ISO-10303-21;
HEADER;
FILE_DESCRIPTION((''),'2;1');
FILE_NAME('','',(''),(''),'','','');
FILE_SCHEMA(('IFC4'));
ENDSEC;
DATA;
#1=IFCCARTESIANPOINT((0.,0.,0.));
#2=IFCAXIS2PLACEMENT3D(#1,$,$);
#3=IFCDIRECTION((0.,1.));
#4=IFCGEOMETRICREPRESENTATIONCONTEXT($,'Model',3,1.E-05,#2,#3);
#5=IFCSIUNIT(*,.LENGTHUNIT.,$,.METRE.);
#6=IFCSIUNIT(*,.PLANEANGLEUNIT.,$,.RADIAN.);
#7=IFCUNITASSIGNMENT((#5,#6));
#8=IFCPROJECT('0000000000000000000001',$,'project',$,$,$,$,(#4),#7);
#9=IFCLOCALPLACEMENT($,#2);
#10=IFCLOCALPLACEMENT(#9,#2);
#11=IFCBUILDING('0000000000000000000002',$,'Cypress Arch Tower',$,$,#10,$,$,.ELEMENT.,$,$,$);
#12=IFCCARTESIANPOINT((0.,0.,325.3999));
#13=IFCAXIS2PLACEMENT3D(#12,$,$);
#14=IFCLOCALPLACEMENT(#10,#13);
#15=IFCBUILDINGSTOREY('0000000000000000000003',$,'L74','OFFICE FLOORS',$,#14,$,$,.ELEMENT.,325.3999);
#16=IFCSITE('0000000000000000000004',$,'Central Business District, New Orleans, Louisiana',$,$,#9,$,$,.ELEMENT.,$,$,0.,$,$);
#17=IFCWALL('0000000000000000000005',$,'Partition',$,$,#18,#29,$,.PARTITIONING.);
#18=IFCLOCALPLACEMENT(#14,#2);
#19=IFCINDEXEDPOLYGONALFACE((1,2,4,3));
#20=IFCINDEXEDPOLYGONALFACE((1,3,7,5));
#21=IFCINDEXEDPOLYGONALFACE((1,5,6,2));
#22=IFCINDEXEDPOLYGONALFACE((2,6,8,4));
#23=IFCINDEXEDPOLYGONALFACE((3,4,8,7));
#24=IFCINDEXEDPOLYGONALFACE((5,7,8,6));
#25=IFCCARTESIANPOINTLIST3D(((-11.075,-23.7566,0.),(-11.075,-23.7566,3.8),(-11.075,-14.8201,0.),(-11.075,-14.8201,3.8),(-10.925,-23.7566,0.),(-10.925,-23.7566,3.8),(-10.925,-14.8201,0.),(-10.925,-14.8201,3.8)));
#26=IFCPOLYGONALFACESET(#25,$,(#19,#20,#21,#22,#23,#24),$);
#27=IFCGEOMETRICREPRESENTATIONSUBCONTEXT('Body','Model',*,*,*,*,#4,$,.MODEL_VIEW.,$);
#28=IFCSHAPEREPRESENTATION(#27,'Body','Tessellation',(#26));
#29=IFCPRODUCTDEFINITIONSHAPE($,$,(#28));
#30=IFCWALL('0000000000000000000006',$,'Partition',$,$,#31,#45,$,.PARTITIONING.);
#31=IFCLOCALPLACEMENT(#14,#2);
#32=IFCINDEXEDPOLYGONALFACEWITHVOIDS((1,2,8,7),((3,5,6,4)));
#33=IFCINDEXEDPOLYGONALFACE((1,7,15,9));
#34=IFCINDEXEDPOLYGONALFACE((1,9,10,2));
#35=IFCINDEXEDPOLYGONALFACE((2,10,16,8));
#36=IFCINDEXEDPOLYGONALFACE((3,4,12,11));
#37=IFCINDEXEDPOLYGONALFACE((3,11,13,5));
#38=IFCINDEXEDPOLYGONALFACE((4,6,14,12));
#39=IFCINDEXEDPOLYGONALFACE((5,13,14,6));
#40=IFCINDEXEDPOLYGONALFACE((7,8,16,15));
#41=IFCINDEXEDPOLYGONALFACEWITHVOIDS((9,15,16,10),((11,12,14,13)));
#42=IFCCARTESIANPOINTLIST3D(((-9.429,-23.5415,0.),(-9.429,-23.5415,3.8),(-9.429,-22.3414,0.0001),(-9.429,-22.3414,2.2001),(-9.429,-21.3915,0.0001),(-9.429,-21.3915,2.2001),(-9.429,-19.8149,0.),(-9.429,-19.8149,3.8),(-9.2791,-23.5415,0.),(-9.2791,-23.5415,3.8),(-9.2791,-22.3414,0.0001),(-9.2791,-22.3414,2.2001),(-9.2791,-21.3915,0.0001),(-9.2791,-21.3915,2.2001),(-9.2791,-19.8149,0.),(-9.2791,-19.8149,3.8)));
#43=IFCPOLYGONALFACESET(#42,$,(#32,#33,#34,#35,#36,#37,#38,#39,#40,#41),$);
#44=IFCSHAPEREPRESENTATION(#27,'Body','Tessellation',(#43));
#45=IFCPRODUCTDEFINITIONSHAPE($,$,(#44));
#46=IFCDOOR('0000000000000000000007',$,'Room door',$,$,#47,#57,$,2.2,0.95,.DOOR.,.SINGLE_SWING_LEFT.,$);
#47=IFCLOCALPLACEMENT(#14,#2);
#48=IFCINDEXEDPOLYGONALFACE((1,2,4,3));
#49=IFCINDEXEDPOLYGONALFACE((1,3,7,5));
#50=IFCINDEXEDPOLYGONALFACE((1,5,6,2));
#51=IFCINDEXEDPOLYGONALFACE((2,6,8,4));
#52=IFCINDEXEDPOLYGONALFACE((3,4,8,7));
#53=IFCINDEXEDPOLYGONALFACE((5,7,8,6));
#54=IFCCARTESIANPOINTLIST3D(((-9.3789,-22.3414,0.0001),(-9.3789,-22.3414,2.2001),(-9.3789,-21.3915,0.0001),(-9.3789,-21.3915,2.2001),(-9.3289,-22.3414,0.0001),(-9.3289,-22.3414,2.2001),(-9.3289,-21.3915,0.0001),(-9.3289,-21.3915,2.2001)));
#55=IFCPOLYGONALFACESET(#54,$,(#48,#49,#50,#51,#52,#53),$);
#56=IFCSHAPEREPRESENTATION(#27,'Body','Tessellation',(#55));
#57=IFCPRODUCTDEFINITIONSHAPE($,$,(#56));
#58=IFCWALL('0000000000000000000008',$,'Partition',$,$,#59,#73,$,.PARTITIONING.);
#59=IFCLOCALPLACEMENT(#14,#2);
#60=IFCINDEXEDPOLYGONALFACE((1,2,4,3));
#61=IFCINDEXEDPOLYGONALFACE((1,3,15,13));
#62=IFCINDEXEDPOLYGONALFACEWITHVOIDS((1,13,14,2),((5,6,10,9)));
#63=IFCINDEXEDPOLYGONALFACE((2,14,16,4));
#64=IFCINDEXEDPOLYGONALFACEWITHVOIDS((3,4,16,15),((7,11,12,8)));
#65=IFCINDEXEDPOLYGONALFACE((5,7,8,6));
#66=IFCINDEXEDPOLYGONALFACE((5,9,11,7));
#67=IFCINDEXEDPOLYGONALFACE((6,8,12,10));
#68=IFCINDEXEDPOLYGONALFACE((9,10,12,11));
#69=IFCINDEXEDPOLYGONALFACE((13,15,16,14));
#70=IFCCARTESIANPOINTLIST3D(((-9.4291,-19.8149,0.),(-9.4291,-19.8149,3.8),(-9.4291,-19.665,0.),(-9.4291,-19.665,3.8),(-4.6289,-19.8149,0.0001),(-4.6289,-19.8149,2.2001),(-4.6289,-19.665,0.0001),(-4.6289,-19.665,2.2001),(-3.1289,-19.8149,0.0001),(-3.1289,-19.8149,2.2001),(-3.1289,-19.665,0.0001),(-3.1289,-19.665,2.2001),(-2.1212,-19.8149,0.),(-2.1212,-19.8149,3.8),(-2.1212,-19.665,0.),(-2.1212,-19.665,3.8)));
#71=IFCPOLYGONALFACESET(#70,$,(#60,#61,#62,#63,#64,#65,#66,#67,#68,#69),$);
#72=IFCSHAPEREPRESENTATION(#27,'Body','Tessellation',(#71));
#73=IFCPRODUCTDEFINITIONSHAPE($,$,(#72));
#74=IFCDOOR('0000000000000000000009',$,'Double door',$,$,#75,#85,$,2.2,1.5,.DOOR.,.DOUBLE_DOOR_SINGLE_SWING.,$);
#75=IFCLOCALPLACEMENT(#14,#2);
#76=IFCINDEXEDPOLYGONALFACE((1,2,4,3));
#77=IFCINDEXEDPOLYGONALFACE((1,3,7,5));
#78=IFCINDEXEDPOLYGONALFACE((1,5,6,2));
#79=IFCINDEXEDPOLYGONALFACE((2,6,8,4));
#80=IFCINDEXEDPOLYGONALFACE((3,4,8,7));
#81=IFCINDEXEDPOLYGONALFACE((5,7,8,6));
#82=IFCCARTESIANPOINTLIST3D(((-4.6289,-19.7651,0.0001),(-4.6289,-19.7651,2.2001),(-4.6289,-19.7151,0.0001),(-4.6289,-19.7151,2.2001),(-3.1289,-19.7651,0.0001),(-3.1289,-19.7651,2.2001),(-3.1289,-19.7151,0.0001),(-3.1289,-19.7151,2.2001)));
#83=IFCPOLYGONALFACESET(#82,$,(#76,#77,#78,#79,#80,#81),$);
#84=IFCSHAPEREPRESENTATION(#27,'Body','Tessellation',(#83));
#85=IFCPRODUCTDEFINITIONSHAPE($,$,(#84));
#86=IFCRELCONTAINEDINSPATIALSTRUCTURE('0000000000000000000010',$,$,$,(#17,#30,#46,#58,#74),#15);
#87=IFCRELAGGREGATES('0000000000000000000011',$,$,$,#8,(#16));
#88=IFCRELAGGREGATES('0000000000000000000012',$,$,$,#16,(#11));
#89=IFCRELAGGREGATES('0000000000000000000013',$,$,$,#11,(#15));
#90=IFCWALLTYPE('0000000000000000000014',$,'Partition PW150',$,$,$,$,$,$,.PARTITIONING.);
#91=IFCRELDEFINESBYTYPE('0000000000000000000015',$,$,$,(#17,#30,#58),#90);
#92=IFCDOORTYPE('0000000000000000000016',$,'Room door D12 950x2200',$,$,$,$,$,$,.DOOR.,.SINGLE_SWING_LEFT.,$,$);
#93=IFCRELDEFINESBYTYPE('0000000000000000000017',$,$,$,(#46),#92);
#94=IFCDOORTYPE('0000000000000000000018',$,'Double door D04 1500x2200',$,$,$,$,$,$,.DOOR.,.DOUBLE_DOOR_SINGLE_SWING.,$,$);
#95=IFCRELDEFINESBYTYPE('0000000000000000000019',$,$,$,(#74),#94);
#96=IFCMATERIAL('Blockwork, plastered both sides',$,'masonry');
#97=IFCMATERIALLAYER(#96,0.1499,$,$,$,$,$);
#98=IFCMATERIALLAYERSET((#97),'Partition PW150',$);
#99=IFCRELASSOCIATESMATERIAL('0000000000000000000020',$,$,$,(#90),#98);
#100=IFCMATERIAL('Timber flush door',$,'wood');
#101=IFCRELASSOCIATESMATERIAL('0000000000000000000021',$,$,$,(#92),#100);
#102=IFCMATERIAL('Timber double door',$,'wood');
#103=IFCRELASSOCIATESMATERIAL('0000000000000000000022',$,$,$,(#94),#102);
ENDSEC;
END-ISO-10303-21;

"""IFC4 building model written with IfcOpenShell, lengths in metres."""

from ifc_helpers import new_model, si_unit, direction, frame, frame_2d, origin, place, context, subcontext, project, spatial, rectangle, extrude, material, layer, layer_set, type_object, element, fill, save


model = new_model("IFC4")

# Units and contexts
model_context = context("Model", 3, precision=1e-05, world=origin(), true_north=direction((0.0, 1.0)))
body_context = subcontext(model_context, "Body", "Model", "MODEL_VIEW")
ifc_project = project(units=[si_unit("LENGTHUNIT", "METRE"), si_unit("PLANEANGLEUNIT", "RADIAN")], contexts=[model_context])

# Site, building, storey
site_placement = place(None, origin())
site = spatial("IfcSite", under=ifc_project, at=site_placement, Name="Central Business District, New Orleans, Louisiana", CompositionType="ELEMENT", RefElevation=0.0)
building_placement = place(site_placement, origin())
building = spatial("IfcBuilding", under=site, at=building_placement, Name="Cypress Arch Tower", CompositionType="ELEMENT")
storey_placement = place(building_placement, frame((0.0, 0.0, 325.3999)))
storey = spatial("IfcBuildingStorey", under=building, at=storey_placement, Name="L74", Description="OFFICE FLOORS", CompositionType="ELEMENT", Elevation=325.3999)

# Wall
ifc_material_1 = material(Name="Blockwork, plastered both sides", Category="masonry")
ifc_layer_1 = layer(ifc_material_1, 0.1499)
ifc_layer_set_1 = layer_set([ifc_layer_1], Name="Partition PW150")
wall_type_1 = type_object("IfcWallType", Name="Partition PW150", PredefinedType="PARTITIONING", material=ifc_layer_set_1)
wall_1_placement = place(storey_placement, frame((-11.0, -23.7566, 0.0), z_axis=(0.0, 0.0, 1.0), x_axis=(0.0, 1.0, 0.0)))
element("IfcWall", 1, at=wall_1_placement, inside=storey, type_object=wall_type_1, Name="Partition", PredefinedType="PARTITIONING", context=body_context, shape_type="SweptSolid", body=[
    extrude(rectangle(XDim=8.9365, YDim=0.1499, at=frame_2d((4.4683, 0.0))), origin(), (0.0, 0.0, 1.0), 3.8),
])

# Walls, openings, doors
wall_2_placement = place(storey_placement, frame((-9.354, -23.5415, 0.0), z_axis=(0.0, 0.0, 1.0), x_axis=(0.0, 1.0, 0.0)))
wall_2 = element("IfcWall", 2, at=wall_2_placement, inside=storey, type_object=wall_type_1, Name="Partition", PredefinedType="PARTITIONING", context=body_context, shape_type="SweptSolid", body=[
    extrude(rectangle(XDim=3.7266, YDim=0.1499, at=frame_2d((1.8633, 0.0))), origin(), (0.0, 0.0, 1.0), 3.8),
])
opening_1_placement = place(wall_2_placement, frame((1.2, 0.0, 0.0)))
opening_1 = element("IfcOpeningElement", 3, at=opening_1_placement, cuts=wall_2, PredefinedType="OPENING", context=body_context, shape_type="SweptSolid", body=[
    extrude(rectangle(XDim=0.95, YDim=2.2, at=frame_2d((0.4751, 1.1001))), frame((0.0, 0.085, 0.0), z_axis=(0.0, -1.0, 0.0), x_axis=(1.0, 0.0, 0.0)), (0.0, 0.0, 1.0), 0.1699),
])
ifc_material_2 = material(Name="Timber flush door", Category="wood")
door_type_1 = type_object("IfcDoorType", Name="Room door D12 950x2200", OperationType="SINGLE_SWING_LEFT", PredefinedType="DOOR", material=ifc_material_2)
door_1_placement = place(opening_1_placement, origin())
door_1 = element("IfcDoor", 4, at=door_1_placement, inside=storey, type_object=door_type_1, Name="Room door", OperationType="SINGLE_SWING_LEFT", OverallHeight=2.2, OverallWidth=0.95, PredefinedType="DOOR", context=body_context, shape_type="SweptSolid", body=[
    extrude(rectangle(XDim=0.95, YDim=2.2, at=frame_2d((0.4751, 1.1001))), frame((0.0, 0.0249, 0.0), z_axis=(0.0, -1.0, 0.0), x_axis=(1.0, 0.0, 0.0)), (0.0, 0.0, 1.0), 0.05),
])
fill(opening_1, door_1)
wall_3_placement = place(storey_placement, frame((-9.429, -19.74, 0.0), z_axis=(0.0, 0.0, 1.0), x_axis=(1.0, 0.0, 0.0)))
wall_3 = element("IfcWall", 5, at=wall_3_placement, inside=storey, type_object=wall_type_1, Name="Partition", PredefinedType="PARTITIONING", context=body_context, shape_type="SweptSolid", body=[
    extrude(rectangle(XDim=7.3079, YDim=0.1499, at=frame_2d((3.6538, 0.0))), origin(), (0.0, 0.0, 1.0), 3.8),
])
opening_2_placement = place(wall_3_placement, frame((4.8, 0.0, 0.0)))
opening_2 = element("IfcOpeningElement", 6, at=opening_2_placement, cuts=wall_3, PredefinedType="OPENING", context=body_context, shape_type="SweptSolid", body=[
    extrude(rectangle(XDim=1.5, YDim=2.2, at=frame_2d((0.75, 1.1001))), frame((0.0, 0.085, 0.0), z_axis=(0.0, -1.0, 0.0), x_axis=(1.0, 0.0, 0.0)), (0.0, 0.0, 1.0), 0.1699),
])
ifc_material_3 = material(Name="Timber double door", Category="wood")
door_type_2 = type_object("IfcDoorType", Name="Double door D04 1500x2200", OperationType="DOUBLE_DOOR_SINGLE_SWING", PredefinedType="DOOR", material=ifc_material_3)
door_2_placement = place(opening_2_placement, origin())
door_2 = element("IfcDoor", 7, at=door_2_placement, inside=storey, type_object=door_type_2, Name="Double door", OperationType="DOUBLE_DOOR_SINGLE_SWING", OverallHeight=2.2, OverallWidth=1.5, PredefinedType="DOOR", context=body_context, shape_type="SweptSolid", body=[
    extrude(rectangle(XDim=1.5, YDim=2.2, at=frame_2d((0.75, 1.1001))), frame((0.0, 0.0249, 0.0), z_axis=(0.0, -1.0, 0.0), x_axis=(1.0, 0.0, 0.0)), (0.0, 0.0, 1.0), 0.05),
])
fill(opening_2, door_2)

save(model, "model.ifc")
